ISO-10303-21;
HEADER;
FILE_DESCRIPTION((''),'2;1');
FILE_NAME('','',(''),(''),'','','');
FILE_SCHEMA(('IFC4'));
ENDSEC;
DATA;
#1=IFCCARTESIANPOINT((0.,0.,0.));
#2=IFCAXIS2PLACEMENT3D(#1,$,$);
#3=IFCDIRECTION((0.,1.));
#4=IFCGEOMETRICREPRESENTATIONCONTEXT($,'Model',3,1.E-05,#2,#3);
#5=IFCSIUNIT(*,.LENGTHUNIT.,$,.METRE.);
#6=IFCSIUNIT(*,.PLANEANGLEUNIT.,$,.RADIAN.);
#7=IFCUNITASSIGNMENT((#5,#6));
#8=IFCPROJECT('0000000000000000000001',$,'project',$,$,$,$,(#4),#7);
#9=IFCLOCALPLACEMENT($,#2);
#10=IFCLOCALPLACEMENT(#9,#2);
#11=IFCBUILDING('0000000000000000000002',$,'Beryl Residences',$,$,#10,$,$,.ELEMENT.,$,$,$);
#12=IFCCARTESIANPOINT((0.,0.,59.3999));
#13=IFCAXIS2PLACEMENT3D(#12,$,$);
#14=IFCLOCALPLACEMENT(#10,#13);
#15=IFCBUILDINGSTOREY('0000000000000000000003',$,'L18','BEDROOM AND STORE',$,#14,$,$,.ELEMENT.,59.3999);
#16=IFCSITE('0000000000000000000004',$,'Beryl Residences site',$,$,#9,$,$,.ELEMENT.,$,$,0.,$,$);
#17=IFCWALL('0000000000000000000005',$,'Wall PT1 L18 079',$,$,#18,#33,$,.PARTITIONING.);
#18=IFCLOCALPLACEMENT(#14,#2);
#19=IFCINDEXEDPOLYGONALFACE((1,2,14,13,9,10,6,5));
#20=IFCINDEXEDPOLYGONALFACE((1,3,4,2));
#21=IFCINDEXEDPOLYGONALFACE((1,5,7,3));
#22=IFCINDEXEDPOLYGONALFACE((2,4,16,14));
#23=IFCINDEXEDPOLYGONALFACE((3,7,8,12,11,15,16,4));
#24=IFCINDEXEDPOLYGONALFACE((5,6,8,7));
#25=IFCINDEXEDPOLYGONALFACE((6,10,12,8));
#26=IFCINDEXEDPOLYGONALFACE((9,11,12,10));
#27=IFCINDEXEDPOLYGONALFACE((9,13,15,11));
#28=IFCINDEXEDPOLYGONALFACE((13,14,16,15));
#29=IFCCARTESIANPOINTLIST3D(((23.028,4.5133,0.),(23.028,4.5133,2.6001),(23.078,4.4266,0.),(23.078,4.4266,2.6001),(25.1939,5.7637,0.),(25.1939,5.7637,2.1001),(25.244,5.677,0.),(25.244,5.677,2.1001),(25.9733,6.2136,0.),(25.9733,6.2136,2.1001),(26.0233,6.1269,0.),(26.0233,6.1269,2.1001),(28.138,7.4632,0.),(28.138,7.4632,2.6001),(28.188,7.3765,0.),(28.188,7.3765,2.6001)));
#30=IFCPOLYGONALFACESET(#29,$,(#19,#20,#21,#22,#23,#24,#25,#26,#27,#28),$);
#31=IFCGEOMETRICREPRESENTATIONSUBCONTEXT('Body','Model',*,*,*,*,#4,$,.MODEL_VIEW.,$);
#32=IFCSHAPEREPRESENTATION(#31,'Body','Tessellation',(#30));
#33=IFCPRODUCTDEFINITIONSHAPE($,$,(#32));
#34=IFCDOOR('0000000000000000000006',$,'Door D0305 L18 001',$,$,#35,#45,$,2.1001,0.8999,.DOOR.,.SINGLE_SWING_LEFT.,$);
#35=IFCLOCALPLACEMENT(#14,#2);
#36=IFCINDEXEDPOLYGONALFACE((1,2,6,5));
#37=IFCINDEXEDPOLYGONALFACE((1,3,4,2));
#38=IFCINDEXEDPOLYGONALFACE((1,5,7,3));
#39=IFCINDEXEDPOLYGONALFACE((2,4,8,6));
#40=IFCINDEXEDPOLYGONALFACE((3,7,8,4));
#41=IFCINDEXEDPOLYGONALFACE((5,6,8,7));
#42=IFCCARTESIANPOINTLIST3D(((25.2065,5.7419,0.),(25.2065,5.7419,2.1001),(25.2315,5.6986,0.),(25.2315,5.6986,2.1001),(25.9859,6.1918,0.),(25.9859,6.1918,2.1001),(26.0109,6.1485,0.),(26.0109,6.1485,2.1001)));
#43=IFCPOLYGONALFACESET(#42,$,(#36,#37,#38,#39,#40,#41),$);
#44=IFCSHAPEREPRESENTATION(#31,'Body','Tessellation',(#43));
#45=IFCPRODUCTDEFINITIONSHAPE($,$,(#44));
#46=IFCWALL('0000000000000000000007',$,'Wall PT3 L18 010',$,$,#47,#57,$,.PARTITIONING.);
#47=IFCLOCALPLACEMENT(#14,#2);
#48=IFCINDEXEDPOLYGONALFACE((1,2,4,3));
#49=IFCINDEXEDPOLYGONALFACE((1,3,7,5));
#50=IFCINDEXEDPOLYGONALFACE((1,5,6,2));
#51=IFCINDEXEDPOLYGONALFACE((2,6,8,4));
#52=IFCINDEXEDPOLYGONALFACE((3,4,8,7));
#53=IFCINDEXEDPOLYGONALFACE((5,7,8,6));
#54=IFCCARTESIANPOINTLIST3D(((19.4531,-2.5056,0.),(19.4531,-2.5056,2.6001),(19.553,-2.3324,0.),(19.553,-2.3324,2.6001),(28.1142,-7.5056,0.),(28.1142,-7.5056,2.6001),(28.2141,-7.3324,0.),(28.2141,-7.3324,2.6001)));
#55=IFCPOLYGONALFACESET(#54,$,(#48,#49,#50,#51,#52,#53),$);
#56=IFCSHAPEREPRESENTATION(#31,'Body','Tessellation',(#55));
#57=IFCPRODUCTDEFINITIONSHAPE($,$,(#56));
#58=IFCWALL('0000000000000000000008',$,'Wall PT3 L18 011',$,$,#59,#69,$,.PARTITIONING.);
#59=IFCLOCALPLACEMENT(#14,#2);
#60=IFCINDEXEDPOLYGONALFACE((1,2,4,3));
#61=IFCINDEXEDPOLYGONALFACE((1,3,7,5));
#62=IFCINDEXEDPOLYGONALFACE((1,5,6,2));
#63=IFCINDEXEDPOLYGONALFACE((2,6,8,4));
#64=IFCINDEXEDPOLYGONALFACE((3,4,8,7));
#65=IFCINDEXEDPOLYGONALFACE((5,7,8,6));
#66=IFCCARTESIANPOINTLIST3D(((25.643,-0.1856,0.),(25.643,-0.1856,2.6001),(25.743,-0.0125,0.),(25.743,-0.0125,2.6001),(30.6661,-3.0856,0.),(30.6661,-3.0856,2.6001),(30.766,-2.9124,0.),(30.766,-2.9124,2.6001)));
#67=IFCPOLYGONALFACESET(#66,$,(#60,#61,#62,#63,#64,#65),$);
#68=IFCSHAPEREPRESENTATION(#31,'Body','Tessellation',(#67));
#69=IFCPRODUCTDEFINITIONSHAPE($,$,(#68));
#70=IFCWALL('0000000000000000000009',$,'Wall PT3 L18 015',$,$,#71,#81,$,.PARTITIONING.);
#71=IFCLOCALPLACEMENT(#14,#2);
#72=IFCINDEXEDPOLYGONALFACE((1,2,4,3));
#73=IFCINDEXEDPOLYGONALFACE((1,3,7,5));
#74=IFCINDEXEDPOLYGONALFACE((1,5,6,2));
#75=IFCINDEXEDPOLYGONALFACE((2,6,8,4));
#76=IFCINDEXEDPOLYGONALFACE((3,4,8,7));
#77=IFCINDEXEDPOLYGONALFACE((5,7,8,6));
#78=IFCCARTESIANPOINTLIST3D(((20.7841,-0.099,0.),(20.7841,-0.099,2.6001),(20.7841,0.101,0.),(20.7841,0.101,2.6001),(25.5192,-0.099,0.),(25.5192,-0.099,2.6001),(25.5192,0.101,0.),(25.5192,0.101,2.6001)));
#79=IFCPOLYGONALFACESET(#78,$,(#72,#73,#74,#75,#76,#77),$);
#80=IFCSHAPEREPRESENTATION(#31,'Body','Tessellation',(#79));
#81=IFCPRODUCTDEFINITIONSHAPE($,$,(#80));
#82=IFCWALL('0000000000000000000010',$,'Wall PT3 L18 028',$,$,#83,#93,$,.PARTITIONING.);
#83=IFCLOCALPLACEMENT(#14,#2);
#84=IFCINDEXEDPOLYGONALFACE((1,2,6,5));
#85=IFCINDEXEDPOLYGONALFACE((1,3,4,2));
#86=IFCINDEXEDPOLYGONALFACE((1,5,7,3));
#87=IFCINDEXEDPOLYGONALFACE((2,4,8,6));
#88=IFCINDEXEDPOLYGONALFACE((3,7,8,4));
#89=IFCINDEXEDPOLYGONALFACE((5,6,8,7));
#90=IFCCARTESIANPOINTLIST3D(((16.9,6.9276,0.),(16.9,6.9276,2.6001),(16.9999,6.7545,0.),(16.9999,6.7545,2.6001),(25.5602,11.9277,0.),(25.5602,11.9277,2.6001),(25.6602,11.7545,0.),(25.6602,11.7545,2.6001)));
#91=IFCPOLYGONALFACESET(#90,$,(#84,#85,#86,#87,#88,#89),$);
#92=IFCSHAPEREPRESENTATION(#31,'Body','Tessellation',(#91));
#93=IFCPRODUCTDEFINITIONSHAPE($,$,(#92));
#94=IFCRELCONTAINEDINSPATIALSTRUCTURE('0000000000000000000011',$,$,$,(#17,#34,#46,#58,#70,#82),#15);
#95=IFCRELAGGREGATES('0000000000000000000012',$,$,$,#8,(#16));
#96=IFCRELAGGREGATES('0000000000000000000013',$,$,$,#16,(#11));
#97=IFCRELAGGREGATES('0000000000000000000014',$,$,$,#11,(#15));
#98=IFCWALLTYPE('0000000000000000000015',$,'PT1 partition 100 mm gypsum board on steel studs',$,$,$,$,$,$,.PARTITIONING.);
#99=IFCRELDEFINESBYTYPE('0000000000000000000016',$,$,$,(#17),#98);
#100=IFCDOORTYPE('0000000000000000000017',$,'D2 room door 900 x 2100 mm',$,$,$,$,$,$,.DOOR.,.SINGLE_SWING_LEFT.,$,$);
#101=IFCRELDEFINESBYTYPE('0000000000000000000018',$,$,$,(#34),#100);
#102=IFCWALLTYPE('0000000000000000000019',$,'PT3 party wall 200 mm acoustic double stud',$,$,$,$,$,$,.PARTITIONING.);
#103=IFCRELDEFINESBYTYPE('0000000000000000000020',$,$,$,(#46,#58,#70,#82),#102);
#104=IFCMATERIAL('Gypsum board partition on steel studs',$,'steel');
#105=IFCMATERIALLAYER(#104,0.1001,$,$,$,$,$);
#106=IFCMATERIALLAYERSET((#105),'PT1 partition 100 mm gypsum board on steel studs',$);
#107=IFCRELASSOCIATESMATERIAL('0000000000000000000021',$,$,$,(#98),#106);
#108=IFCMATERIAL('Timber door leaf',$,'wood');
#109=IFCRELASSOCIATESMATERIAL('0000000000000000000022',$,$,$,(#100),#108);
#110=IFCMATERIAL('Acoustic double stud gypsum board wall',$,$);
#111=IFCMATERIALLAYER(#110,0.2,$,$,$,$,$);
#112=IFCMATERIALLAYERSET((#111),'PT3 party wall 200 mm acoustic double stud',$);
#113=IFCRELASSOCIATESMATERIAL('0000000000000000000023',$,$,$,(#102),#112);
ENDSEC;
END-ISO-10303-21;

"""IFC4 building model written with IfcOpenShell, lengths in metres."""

from ifc_helpers import new_model, si_unit, direction, frame, frame_2d, origin, place, context, subcontext, project, spatial, rectangle, extrude, material, layer, layer_set, type_object, element, fill, save


model = new_model("IFC4")

# Units and contexts
model_context = context("Model", 3, precision=1e-05, world=origin(), true_north=direction((0.0, 1.0)))
body_context = subcontext(model_context, "Body", "Model", "MODEL_VIEW")
ifc_project = project(units=[si_unit("LENGTHUNIT", "METRE"), si_unit("PLANEANGLEUNIT", "RADIAN")], contexts=[model_context])

# Site, building, storey
site_placement = place(None, origin())
site = spatial("IfcSite", under=ifc_project, at=site_placement, Name="Beryl Residences site", CompositionType="ELEMENT", RefElevation=0.0)
building_placement = place(site_placement, origin())
building = spatial("IfcBuilding", under=site, at=building_placement, Name="Beryl Residences", CompositionType="ELEMENT")
storey_placement = place(building_placement, frame((0.0, 0.0, 59.3999)))
storey = spatial("IfcBuildingStorey", under=building, at=storey_placement, Name="L18", Description="BEDROOM AND STORE", CompositionType="ELEMENT", Elevation=59.3999)

# Shared definitions
ifc_material_1 = material(Name="Gypsum board partition on steel studs", Category="steel")
ifc_layer_1 = layer(ifc_material_1, 0.1001)
ifc_layer_set_1 = layer_set([ifc_layer_1], Name="PT1 partition 100 mm gypsum board on steel studs")
wall_type_1 = type_object("IfcWallType", Name="PT1 partition 100 mm gypsum board on steel studs", PredefinedType="PARTITIONING", material=ifc_layer_set_1)

# Wall, opening, door
ifc_material_2 = material(Name="Timber door leaf", Category="wood")
door_type_1 = type_object("IfcDoorType", Name="D2 room door 900 x 2100 mm", OperationType="SINGLE_SWING_LEFT", PredefinedType="DOOR", material=ifc_material_2)
wall_1_placement = place(storey_placement, frame((23.053, 4.47, 0.0), z_axis=(0.0, 0.0, 1.0), x_axis=(0.866053, 0.499953, 0.0)))
wall_1 = element("IfcWall", 1, at=wall_1_placement, inside=storey, type_object=wall_type_1, Name="Wall PT1 L18 079", PredefinedType="PARTITIONING", context=body_context, shape_type="SweptSolid", body=[
    extrude(rectangle(XDim=5.9004, YDim=0.1001, at=frame_2d((2.9502, 0.0))), origin(), (0.0, 0.0, 1.0), 2.6001),
])
opening_1_placement = place(wall_1_placement, frame((2.501, 0.0, 0.0)))
opening_1 = element("IfcOpeningElement", 2, at=opening_1_placement, cuts=wall_1, PredefinedType="OPENING", context=body_context, shape_type="SweptSolid", body=[
    extrude(rectangle(XDim=0.8999, YDim=2.1001, at=frame_2d((0.45, 1.05))), frame((0.0, 0.0601, 0.0), z_axis=(0.0, -1.0, 0.0), x_axis=(1.0, 0.0, 0.0)), (0.0, 0.0, 1.0), 0.1201),
])
door_1_placement = place(opening_1_placement, origin())
door_1 = element("IfcDoor", 3, at=door_1_placement, inside=storey, type_object=door_type_1, Name="Door D0305 L18 001", OperationType="SINGLE_SWING_LEFT", OverallHeight=2.1001, OverallWidth=0.8999, PredefinedType="DOOR", context=body_context, shape_type="SweptSolid", body=[
    extrude(rectangle(XDim=0.8999, YDim=2.1001, at=frame_2d((0.45, 1.05))), frame((0.0, 0.0249, 0.0), z_axis=(0.0, -1.0, 0.0), x_axis=(1.0, 0.0, 0.0)), (0.0, 0.0, 1.0), 0.05),
])
fill(opening_1, door_1)

# Walls
ifc_material_3 = material(Name="Acoustic double stud gypsum board wall")
ifc_layer_2 = layer(ifc_material_3, 0.2)
ifc_layer_set_2 = layer_set([ifc_layer_2], Name="PT3 party wall 200 mm acoustic double stud")
wall_type_2 = type_object("IfcWallType", Name="PT3 party wall 200 mm acoustic double stud", PredefinedType="PARTITIONING", material=ifc_layer_set_2)
wall_2_placement = place(storey_placement, frame((19.5029, -2.4189, 0.0), z_axis=(0.0, 0.0, 1.0), x_axis=(0.866047, -0.499962, 0.0)))
element("IfcWall", 4, at=wall_2_placement, inside=storey, type_object=wall_type_2, Name="Wall PT3 L18 010", PredefinedType="PARTITIONING", context=body_context, shape_type="SweptSolid", body=[
    extrude(rectangle(XDim=10.0007, YDim=0.2, at=frame_2d((5.0005, 0.0))), origin(), (0.0, 0.0, 1.0), 2.6001),
])
wall_3_placement = place(storey_placement, frame((25.6931, -0.0991, 0.0), z_axis=(0.0, 0.0, 1.0), x_axis=(0.866033, -0.499987, 0.0)))
element("IfcWall", 5, at=wall_3_placement, inside=storey, type_object=wall_type_2, Name="Wall PT3 L18 011", PredefinedType="PARTITIONING", context=body_context, shape_type="SweptSolid", body=[
    extrude(rectangle(XDim=5.8, YDim=0.2, at=frame_2d((2.8999, 0.0))), origin(), (0.0, 0.0, 1.0), 2.6001),
])
wall_4_placement = place(storey_placement, frame((20.7839, 0.001, 0.0), z_axis=(0.0, 0.0, 1.0), x_axis=(1.0, 0.0, 0.0)))
element("IfcWall", 6, at=wall_4_placement, inside=storey, type_object=wall_type_2, Name="Wall PT3 L18 015", PredefinedType="PARTITIONING", context=body_context, shape_type="SweptSolid", body=[
    extrude(rectangle(XDim=4.7351, YDim=0.2, at=frame_2d((2.3677, 0.0))), origin(), (0.0, 0.0, 1.0), 2.6001),
])
wall_5_placement = place(storey_placement, frame((16.95, 6.8411, 0.0), z_axis=(0.0, 0.0, 1.0), x_axis=(0.866023, 0.500004, 0.0)))
element("IfcWall", 7, at=wall_5_placement, inside=storey, type_object=wall_type_2, Name="Wall PT3 L18 028", PredefinedType="PARTITIONING", context=body_context, shape_type="SweptSolid", body=[
    extrude(rectangle(XDim=10.0, YDim=0.2, at=frame_2d((5.0, 0.0))), origin(), (0.0, 0.0, 1.0), 2.6001),
])

save(model, "model.ifc")
